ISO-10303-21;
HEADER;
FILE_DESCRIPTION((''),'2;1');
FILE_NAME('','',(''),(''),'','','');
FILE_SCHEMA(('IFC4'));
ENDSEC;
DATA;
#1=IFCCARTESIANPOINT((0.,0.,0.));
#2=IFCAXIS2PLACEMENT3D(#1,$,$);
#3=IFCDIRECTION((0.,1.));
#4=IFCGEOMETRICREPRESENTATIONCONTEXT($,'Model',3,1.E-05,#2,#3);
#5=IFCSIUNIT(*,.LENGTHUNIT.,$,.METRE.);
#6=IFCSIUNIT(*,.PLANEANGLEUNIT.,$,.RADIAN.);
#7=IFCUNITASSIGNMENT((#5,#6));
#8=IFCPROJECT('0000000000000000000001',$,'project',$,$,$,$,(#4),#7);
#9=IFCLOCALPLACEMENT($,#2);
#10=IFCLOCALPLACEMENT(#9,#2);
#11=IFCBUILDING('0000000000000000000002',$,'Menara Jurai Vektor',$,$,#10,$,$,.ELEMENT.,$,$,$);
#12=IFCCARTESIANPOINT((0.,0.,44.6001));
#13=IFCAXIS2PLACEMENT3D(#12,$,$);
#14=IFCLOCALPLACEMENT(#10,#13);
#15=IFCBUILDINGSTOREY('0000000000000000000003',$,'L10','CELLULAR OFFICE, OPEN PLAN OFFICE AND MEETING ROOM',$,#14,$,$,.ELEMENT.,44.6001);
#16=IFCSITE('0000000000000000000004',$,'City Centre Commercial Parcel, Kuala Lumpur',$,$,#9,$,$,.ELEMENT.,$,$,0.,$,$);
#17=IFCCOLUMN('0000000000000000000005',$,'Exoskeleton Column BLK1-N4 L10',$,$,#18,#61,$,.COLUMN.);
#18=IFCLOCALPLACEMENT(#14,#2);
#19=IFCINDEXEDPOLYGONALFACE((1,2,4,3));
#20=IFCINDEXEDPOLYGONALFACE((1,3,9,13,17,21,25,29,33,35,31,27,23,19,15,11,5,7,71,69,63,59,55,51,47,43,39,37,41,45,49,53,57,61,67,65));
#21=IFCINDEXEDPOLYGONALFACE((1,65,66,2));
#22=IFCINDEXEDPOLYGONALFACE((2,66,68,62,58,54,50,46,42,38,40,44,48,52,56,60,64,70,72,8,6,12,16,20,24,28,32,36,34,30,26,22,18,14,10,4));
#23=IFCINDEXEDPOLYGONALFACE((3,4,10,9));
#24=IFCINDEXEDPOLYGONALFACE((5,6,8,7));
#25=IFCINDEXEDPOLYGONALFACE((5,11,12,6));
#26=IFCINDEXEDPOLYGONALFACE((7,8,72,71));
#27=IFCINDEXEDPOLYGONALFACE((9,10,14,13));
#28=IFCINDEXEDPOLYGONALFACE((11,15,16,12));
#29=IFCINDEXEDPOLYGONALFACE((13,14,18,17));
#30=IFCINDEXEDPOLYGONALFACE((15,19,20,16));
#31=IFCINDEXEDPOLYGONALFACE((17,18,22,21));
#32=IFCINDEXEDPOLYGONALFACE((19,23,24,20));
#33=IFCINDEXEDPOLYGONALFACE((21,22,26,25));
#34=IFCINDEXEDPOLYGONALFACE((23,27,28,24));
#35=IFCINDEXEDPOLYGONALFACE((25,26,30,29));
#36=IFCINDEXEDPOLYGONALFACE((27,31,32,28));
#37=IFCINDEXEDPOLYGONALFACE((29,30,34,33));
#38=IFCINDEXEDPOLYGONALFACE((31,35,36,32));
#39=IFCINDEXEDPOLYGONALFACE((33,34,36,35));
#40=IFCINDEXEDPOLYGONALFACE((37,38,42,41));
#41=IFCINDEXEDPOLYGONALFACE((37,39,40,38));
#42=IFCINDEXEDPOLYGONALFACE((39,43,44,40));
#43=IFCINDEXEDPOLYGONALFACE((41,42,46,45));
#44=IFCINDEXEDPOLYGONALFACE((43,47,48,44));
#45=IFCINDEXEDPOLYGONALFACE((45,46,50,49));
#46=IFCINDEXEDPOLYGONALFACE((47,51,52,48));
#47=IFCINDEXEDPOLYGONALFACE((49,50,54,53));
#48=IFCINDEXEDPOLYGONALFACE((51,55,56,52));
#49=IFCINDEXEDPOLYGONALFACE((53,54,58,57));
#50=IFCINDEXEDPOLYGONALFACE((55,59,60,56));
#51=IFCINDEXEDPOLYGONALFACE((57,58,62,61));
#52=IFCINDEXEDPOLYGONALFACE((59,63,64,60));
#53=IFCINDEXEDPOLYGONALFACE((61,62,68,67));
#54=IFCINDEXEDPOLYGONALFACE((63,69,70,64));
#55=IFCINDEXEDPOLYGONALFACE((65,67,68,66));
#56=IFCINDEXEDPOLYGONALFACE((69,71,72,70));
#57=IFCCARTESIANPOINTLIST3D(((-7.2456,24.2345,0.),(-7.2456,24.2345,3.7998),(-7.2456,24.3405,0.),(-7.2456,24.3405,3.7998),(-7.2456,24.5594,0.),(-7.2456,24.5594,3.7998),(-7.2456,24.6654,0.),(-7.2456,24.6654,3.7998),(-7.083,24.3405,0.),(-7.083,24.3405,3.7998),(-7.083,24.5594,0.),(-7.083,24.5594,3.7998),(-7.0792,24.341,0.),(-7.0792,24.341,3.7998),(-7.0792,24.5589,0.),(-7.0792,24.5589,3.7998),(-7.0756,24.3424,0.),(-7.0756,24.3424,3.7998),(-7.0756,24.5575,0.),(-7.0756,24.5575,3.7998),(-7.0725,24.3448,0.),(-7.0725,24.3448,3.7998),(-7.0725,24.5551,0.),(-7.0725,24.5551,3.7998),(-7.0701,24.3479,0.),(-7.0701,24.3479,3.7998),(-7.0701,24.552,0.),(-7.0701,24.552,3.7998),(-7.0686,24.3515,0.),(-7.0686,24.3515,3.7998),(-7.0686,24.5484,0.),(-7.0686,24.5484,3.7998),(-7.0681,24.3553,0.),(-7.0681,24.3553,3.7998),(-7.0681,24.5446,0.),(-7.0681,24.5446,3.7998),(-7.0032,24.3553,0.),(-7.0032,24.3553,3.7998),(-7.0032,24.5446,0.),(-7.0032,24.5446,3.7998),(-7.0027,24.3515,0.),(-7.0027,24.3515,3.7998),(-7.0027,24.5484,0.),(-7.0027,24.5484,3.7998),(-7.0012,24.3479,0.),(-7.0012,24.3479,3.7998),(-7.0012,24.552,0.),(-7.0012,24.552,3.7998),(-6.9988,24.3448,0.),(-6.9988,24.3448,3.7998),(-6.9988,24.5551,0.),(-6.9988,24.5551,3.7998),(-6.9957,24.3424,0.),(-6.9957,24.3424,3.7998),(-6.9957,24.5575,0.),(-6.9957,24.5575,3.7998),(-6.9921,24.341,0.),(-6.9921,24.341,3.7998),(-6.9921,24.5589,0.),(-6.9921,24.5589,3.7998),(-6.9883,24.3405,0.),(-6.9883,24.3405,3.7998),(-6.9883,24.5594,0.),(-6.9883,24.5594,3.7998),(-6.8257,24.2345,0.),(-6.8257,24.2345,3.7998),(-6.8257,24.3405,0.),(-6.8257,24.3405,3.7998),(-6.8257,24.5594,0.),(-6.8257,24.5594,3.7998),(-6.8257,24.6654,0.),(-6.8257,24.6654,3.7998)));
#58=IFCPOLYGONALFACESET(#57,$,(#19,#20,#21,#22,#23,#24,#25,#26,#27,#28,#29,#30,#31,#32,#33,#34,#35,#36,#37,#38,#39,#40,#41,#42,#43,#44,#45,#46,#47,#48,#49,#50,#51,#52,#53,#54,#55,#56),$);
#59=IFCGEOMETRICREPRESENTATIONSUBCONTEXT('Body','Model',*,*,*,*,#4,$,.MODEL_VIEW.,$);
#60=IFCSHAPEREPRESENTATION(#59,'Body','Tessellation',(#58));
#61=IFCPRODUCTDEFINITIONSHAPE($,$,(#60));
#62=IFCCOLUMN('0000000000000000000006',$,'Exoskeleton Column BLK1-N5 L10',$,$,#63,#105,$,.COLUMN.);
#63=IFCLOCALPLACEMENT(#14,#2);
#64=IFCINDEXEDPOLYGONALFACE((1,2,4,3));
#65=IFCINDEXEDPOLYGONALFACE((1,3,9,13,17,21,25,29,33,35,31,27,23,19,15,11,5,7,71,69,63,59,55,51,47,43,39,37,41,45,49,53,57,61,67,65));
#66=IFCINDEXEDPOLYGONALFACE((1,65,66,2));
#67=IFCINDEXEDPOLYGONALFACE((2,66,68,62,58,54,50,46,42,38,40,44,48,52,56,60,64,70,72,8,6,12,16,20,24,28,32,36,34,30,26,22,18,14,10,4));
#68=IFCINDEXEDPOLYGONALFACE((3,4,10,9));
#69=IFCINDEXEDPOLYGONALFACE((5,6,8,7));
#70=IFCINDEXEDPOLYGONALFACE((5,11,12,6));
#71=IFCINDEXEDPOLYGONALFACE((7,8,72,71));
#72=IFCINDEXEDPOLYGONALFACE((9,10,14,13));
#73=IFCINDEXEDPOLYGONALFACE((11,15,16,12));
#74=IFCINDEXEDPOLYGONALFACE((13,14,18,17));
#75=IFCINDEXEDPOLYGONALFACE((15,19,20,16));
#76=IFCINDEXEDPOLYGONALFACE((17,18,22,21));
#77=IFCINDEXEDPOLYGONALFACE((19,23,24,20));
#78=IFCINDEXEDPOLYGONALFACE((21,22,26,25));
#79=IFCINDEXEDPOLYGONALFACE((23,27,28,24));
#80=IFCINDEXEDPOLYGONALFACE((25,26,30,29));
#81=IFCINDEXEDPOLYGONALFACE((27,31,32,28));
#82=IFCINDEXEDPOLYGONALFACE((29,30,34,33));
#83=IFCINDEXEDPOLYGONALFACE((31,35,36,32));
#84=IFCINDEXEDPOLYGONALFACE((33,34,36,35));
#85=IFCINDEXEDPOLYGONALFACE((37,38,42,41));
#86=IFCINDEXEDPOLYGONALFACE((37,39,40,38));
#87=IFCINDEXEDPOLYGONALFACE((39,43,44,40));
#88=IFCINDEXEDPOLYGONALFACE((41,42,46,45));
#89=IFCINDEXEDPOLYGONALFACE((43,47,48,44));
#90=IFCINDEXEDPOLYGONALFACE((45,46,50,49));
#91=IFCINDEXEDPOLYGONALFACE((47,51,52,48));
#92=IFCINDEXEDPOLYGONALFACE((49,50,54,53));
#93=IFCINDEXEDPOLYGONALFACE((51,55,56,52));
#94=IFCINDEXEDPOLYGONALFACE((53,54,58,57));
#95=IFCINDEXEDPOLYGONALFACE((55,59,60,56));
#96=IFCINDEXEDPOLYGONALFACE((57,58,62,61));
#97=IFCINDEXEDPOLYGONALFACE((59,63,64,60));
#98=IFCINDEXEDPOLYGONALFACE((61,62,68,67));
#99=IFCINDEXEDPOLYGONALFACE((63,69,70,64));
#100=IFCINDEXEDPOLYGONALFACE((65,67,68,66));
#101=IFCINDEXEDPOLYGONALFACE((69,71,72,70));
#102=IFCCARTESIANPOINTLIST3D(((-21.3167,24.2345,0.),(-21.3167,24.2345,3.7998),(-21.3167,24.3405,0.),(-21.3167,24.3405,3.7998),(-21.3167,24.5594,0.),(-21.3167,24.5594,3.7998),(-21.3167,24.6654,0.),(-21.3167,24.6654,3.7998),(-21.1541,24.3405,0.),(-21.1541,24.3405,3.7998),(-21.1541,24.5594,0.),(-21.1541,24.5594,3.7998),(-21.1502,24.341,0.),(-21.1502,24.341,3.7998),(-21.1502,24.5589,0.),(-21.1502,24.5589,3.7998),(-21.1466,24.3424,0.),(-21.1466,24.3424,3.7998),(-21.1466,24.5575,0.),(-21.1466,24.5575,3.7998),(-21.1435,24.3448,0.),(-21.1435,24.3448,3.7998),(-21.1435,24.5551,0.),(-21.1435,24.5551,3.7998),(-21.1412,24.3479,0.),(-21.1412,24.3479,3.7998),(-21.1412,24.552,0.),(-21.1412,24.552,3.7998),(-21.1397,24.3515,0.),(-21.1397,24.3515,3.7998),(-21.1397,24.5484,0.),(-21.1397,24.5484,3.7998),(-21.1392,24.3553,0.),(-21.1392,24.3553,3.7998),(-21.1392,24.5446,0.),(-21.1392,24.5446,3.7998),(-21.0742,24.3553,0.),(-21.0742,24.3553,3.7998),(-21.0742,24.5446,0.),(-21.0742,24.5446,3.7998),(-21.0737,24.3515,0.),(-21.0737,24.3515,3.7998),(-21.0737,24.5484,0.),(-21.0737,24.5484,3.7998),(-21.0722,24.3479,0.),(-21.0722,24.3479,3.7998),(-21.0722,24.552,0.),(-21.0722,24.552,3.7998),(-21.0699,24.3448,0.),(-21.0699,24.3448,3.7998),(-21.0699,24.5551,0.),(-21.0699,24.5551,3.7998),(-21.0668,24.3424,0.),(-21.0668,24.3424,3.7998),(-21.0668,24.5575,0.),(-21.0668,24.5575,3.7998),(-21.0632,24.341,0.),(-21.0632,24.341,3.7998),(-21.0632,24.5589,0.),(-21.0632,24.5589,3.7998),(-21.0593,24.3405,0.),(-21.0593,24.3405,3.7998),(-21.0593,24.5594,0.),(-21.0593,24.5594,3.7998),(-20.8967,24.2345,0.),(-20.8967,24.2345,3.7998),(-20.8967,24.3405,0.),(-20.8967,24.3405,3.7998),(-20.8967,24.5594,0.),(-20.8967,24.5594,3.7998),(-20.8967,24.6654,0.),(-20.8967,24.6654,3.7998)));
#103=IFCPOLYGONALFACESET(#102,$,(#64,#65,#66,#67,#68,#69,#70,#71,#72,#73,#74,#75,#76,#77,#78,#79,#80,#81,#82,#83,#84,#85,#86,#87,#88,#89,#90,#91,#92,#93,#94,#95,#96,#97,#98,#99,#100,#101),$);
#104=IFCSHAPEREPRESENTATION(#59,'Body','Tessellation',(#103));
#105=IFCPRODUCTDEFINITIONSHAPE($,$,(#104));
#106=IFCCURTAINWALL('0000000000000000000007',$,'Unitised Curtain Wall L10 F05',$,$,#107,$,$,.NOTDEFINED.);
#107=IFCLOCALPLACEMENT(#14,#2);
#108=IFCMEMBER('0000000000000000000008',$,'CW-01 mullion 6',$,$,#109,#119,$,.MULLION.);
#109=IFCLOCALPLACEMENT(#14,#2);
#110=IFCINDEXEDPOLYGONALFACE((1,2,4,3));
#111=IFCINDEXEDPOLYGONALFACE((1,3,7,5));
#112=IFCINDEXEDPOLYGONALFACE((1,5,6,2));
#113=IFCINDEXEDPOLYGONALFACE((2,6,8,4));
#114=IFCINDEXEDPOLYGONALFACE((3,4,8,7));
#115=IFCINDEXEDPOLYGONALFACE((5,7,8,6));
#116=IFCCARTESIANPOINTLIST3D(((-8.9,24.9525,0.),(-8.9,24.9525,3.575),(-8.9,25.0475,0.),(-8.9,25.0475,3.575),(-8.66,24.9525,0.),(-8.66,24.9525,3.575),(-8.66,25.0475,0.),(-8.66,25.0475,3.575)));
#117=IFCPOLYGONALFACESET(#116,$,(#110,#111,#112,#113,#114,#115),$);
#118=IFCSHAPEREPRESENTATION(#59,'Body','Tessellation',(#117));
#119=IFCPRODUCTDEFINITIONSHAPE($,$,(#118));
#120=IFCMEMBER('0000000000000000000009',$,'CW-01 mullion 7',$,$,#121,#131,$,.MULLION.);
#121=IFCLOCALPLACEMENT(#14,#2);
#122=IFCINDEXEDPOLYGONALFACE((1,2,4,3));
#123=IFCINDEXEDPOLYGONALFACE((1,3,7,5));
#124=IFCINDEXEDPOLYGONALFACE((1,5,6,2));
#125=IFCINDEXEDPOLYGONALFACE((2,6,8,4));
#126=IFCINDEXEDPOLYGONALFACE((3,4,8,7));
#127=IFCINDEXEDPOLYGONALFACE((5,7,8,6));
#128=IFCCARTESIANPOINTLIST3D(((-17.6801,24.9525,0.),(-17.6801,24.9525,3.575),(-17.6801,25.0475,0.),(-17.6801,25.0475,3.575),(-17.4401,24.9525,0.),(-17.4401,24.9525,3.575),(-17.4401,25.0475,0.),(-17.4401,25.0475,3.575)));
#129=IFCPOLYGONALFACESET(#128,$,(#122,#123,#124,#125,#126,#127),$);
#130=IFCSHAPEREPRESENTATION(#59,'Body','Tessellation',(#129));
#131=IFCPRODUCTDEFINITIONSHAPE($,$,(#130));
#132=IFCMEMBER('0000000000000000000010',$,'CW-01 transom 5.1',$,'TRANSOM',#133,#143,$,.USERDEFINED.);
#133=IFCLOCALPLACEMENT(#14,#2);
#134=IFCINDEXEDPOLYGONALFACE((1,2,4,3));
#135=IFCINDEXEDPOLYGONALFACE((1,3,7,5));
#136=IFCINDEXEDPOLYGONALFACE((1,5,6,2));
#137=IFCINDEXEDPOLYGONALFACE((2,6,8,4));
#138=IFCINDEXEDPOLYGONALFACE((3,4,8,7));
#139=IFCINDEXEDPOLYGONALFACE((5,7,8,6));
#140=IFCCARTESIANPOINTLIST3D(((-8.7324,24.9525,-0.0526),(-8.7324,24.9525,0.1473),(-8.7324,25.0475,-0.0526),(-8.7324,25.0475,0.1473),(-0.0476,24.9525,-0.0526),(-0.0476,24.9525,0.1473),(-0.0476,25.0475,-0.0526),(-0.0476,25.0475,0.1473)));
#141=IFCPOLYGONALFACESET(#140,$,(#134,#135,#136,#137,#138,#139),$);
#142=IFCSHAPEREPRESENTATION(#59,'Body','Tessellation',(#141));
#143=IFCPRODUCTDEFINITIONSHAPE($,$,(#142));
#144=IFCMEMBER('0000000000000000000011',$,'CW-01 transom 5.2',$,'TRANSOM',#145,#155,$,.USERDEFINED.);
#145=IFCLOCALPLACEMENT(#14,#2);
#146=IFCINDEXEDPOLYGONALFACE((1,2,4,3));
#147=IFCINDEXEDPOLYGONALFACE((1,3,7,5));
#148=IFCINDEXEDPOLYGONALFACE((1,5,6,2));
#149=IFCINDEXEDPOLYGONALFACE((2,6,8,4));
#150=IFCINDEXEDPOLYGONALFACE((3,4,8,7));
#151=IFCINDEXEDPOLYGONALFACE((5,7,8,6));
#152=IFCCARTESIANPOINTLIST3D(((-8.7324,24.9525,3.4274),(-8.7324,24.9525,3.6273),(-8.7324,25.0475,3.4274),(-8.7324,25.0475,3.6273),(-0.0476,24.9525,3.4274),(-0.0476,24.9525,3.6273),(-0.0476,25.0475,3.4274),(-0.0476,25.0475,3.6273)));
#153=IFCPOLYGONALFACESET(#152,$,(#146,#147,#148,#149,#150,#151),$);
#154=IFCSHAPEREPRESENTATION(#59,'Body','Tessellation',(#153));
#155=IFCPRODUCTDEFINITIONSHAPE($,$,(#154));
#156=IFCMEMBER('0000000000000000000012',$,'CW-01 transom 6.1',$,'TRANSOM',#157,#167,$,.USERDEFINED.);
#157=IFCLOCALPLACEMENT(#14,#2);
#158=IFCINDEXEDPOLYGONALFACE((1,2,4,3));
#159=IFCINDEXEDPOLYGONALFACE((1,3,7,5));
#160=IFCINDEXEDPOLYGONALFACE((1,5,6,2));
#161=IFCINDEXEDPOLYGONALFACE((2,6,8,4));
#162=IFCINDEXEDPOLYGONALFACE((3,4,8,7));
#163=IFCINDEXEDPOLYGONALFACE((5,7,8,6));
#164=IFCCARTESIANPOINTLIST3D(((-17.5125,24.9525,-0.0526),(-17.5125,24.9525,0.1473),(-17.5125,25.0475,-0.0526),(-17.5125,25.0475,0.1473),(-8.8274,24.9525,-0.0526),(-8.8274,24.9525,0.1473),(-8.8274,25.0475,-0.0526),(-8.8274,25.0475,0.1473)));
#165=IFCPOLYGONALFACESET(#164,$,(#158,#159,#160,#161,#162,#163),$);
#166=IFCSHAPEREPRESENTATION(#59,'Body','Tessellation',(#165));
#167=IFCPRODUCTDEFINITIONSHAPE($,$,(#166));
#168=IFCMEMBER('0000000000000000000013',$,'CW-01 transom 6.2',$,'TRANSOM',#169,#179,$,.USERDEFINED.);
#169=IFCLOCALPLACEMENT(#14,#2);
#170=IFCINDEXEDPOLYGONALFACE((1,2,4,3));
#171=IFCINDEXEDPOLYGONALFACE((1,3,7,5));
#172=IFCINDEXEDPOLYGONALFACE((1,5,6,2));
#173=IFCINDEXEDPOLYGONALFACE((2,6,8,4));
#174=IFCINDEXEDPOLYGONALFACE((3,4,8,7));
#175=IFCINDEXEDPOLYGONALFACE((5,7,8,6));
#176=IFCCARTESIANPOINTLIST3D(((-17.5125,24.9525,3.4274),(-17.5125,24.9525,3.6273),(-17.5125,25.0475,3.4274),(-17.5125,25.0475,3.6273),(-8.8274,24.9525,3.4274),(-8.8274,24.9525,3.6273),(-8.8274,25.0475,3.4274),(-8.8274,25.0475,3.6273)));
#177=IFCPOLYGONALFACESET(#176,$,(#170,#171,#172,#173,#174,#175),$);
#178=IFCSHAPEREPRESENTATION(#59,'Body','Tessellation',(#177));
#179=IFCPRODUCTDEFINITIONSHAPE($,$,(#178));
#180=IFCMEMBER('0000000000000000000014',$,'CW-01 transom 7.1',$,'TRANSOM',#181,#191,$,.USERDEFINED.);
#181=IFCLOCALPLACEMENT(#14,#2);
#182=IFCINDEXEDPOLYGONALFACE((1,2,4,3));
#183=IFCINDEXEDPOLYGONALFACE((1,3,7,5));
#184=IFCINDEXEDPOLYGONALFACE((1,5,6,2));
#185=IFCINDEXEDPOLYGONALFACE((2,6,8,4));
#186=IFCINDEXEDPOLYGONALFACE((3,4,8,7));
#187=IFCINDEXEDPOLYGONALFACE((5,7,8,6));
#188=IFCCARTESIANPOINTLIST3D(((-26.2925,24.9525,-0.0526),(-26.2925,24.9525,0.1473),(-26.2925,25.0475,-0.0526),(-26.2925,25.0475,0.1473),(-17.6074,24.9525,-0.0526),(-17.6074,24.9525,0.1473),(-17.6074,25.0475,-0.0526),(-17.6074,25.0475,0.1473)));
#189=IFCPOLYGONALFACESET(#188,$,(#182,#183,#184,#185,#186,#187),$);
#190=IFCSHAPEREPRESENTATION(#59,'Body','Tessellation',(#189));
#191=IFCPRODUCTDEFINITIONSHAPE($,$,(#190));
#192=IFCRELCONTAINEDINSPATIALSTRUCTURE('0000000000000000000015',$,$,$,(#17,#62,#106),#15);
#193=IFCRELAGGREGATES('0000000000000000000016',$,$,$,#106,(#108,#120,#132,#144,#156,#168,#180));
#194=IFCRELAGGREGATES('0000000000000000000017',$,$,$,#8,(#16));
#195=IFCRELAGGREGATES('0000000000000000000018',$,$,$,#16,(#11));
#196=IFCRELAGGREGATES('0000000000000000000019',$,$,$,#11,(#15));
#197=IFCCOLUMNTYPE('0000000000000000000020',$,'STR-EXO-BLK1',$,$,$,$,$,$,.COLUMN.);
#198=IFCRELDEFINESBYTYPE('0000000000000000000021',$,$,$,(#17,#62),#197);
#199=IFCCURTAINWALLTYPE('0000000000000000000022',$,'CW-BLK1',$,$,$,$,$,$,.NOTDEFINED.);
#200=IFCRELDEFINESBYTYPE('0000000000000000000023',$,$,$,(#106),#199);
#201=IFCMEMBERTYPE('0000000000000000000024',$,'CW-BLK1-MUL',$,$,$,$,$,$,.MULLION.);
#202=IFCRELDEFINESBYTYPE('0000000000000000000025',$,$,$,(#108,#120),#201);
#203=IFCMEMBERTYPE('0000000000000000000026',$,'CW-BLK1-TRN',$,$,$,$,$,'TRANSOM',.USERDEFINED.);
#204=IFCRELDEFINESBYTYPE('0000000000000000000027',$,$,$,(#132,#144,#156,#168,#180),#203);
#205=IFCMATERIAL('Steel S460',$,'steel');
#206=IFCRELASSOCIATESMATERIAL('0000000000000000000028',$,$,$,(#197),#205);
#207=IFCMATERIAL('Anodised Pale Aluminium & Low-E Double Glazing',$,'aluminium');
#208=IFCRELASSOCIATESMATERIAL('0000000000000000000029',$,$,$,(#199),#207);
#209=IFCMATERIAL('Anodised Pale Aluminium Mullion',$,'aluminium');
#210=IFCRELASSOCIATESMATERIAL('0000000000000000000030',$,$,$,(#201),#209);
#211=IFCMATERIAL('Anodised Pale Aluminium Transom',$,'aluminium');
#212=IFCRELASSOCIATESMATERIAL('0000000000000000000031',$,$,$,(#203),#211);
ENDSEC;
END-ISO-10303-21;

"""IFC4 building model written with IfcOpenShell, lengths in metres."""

from ifc_helpers import new_model, si_unit, direction, frame, origin, origin_2d, place, context, subcontext, project, spatial, rectangle, i_section, extrude, material, material_profile, profile_set, type_object, element, aggregate, save


model = new_model("IFC4")

# Units and contexts
model_context = context("Model", 3, precision=1e-05, world=origin(), true_north=direction((0.0, 1.0)))
body_context = subcontext(model_context, "Body", "Model", "MODEL_VIEW")
ifc_project = project(units=[si_unit("LENGTHUNIT", "METRE"), si_unit("PLANEANGLEUNIT", "RADIAN")], contexts=[model_context])

# Site, building, storey
site_placement = place(None, origin())
site = spatial("IfcSite", under=ifc_project, at=site_placement, Name="City Centre Commercial Parcel, Kuala Lumpur", CompositionType="ELEMENT", RefElevation=0.0)
building_placement = place(site_placement, origin())
building = spatial("IfcBuilding", under=site, at=building_placement, Name="Menara Jurai Vektor", CompositionType="ELEMENT")
storey_placement = place(building_placement, frame((0.0, 0.0, 44.6001)))
storey = spatial("IfcBuildingStorey", under=building, at=storey_placement, Name="L10", Description="CELLULAR OFFICE, OPEN PLAN OFFICE AND MEETING ROOM", CompositionType="ELEMENT", Elevation=44.6001)

# Columns
ifc_material_1 = material(Name="Steel S460", Category="steel")
ifc_material_profile_1 = material_profile(ifc_material_1, i_section(OverallWidth=0.4199, OverallDepth=0.4309, WebThickness=0.0649, FlangeThickness=0.106, FilletRadius=0.0149, at=origin_2d()), Name="HD 400x900")
ifc_profile_set_1 = profile_set([ifc_material_profile_1], Name="Steel S460")
column_type = type_object("IfcColumnType", Name="STR-EXO-BLK1", PredefinedType="COLUMN", material=ifc_profile_set_1)
for number, where, z_axis, x_axis, name in (
    (1, (-7.0356, 24.45, 0.0), (0.0, 0.0, 1.0), (1.0, 0.0, 0.0), "Exoskeleton Column BLK1-N4 L10"),
    (2, (-21.1067, 24.45, 0.0), (0.0, 0.0, 1.0), (1.0, 0.0, 0.0), "Exoskeleton Column BLK1-N5 L10"),
):
    element("IfcColumn", number, at=place(storey_placement, frame(where, z_axis=z_axis, x_axis=x_axis)), inside=storey, type_object=column_type, Name=name, PredefinedType="COLUMN", context=body_context, shape_type="SweptSolid", body=[
        extrude(i_section(OverallWidth=0.4199, OverallDepth=0.4309, WebThickness=0.0649, FlangeThickness=0.106, FilletRadius=0.0149, at=origin_2d()), origin(), (0.0, 0.0, 1.0), 3.7998),
    ])

# Curtain wall, members
ifc_material_2 = material(Name="Anodised Pale Aluminium & Low-E Double Glazing", Category="aluminium")
curtain_wall_type = type_object("IfcCurtainWallType", Name="CW-BLK1", PredefinedType="NOTDEFINED", material=ifc_material_2)
curtain_wall_placement = place(storey_placement, origin())
curtain_wall = element("IfcCurtainWall", 3, at=curtain_wall_placement, inside=storey, type_object=curtain_wall_type, Name="Unitised Curtain Wall L10 F05", PredefinedType="NOTDEFINED")
ifc_material_3 = material(Name="Anodised Pale Aluminium Mullion", Category="aluminium")
ifc_material_profile_2 = material_profile(ifc_material_3, rectangle(XDim=0.095, YDim=0.24, at=origin_2d()), Name="ALU MUL 95x240")
ifc_profile_set_2 = profile_set([ifc_material_profile_2], Name="Anodised Pale Aluminium Mullion")
member_type_1 = type_object("IfcMemberType", Name="CW-BLK1-MUL", PredefinedType="MULLION", material=ifc_profile_set_2)
member_1_placement = place(storey_placement, frame((-8.78, 25.0, 0.0), z_axis=(0.0, 0.0, 1.0), x_axis=(0.0, -1.0, 0.0)))
member_1 = element("IfcMember", 4, at=member_1_placement, type_object=member_type_1, Name="CW-01 mullion 6", PredefinedType="MULLION", context=body_context, shape_type="SweptSolid", body=[
    extrude(rectangle(XDim=0.095, YDim=0.24, at=origin_2d()), origin(), (0.0, 0.0, 1.0), 3.575),
])
member_2_placement = place(storey_placement, frame((-17.5601, 25.0, 0.0), z_axis=(0.0, 0.0, 1.0), x_axis=(0.0, -1.0, 0.0)))
member_2 = element("IfcMember", 5, at=member_2_placement, type_object=member_type_1, Name="CW-01 mullion 7", PredefinedType="MULLION", context=body_context, shape_type="SweptSolid", body=[
    extrude(rectangle(XDim=0.095, YDim=0.24, at=origin_2d()), origin(), (0.0, 0.0, 1.0), 3.575),
])
ifc_material_4 = material(Name="Anodised Pale Aluminium Transom", Category="aluminium")
ifc_material_profile_3 = material_profile(ifc_material_4, rectangle(XDim=0.095, YDim=0.2, at=origin_2d()), Name="ALU TRN 95x200")
ifc_profile_set_3 = profile_set([ifc_material_profile_3], Name="Anodised Pale Aluminium Transom")
member_type_2 = type_object("IfcMemberType", Name="CW-BLK1-TRN", ElementType="TRANSOM", PredefinedType="USERDEFINED", material=ifc_profile_set_3)
member_3_placement = place(storey_placement, frame((-0.0476, 25.0, 0.0474), z_axis=(-1.0, 0.0, 0.0), x_axis=(0.0, -1.0, 0.0)))
member_3 = element("IfcMember", 6, at=member_3_placement, type_object=member_type_2, Name="CW-01 transom 5.1", ObjectType="TRANSOM", PredefinedType="USERDEFINED", context=body_context, shape_type="SweptSolid", body=[
    extrude(rectangle(XDim=0.095, YDim=0.2, at=origin_2d()), origin(), (0.0, 0.0, 1.0), 8.6848),
])
member_4_placement = place(storey_placement, frame((-0.0476, 25.0, 3.5273), z_axis=(-1.0, 0.0, 0.0), x_axis=(0.0, -1.0, 0.0)))
member_4 = element("IfcMember", 7, at=member_4_placement, type_object=member_type_2, Name="CW-01 transom 5.2", ObjectType="TRANSOM", PredefinedType="USERDEFINED", context=body_context, shape_type="SweptSolid", body=[
    extrude(rectangle(XDim=0.095, YDim=0.2, at=origin_2d()), origin(), (0.0, 0.0, 1.0), 8.6848),
])
member_5_placement = place(storey_placement, frame((-8.8274, 25.0, 0.0474), z_axis=(-1.0, 0.0, 0.0), x_axis=(0.0, -1.0, 0.0)))
member_5 = element("IfcMember", 8, at=member_5_placement, type_object=member_type_2, Name="CW-01 transom 6.1", ObjectType="TRANSOM", PredefinedType="USERDEFINED", context=body_context, shape_type="SweptSolid", body=[
    extrude(rectangle(XDim=0.095, YDim=0.2, at=origin_2d()), origin(), (0.0, 0.0, 1.0), 8.6851),
])
member_6_placement = place(storey_placement, frame((-8.8274, 25.0, 3.5273), z_axis=(-1.0, 0.0, 0.0), x_axis=(0.0, -1.0, 0.0)))
member_6 = element("IfcMember", 9, at=member_6_placement, type_object=member_type_2, Name="CW-01 transom 6.2", ObjectType="TRANSOM", PredefinedType="USERDEFINED", context=body_context, shape_type="SweptSolid", body=[
    extrude(rectangle(XDim=0.095, YDim=0.2, at=origin_2d()), origin(), (0.0, 0.0, 1.0), 8.6851),
])
member_7_placement = place(storey_placement, frame((-17.6074, 25.0, 0.0474), z_axis=(-1.0, 0.0, 0.0), x_axis=(0.0, -1.0, 0.0)))
member_7 = element("IfcMember", 10, at=member_7_placement, type_object=member_type_2, Name="CW-01 transom 7.1", ObjectType="TRANSOM", PredefinedType="USERDEFINED", context=body_context, shape_type="SweptSolid", body=[
    extrude(rectangle(XDim=0.095, YDim=0.2, at=origin_2d()), origin(), (0.0, 0.0, 1.0), 8.6851),
])

aggregate(curtain_wall, [member_1, member_2, member_3, member_4, member_5, member_6, member_7])

save(model, "model.ifc")
